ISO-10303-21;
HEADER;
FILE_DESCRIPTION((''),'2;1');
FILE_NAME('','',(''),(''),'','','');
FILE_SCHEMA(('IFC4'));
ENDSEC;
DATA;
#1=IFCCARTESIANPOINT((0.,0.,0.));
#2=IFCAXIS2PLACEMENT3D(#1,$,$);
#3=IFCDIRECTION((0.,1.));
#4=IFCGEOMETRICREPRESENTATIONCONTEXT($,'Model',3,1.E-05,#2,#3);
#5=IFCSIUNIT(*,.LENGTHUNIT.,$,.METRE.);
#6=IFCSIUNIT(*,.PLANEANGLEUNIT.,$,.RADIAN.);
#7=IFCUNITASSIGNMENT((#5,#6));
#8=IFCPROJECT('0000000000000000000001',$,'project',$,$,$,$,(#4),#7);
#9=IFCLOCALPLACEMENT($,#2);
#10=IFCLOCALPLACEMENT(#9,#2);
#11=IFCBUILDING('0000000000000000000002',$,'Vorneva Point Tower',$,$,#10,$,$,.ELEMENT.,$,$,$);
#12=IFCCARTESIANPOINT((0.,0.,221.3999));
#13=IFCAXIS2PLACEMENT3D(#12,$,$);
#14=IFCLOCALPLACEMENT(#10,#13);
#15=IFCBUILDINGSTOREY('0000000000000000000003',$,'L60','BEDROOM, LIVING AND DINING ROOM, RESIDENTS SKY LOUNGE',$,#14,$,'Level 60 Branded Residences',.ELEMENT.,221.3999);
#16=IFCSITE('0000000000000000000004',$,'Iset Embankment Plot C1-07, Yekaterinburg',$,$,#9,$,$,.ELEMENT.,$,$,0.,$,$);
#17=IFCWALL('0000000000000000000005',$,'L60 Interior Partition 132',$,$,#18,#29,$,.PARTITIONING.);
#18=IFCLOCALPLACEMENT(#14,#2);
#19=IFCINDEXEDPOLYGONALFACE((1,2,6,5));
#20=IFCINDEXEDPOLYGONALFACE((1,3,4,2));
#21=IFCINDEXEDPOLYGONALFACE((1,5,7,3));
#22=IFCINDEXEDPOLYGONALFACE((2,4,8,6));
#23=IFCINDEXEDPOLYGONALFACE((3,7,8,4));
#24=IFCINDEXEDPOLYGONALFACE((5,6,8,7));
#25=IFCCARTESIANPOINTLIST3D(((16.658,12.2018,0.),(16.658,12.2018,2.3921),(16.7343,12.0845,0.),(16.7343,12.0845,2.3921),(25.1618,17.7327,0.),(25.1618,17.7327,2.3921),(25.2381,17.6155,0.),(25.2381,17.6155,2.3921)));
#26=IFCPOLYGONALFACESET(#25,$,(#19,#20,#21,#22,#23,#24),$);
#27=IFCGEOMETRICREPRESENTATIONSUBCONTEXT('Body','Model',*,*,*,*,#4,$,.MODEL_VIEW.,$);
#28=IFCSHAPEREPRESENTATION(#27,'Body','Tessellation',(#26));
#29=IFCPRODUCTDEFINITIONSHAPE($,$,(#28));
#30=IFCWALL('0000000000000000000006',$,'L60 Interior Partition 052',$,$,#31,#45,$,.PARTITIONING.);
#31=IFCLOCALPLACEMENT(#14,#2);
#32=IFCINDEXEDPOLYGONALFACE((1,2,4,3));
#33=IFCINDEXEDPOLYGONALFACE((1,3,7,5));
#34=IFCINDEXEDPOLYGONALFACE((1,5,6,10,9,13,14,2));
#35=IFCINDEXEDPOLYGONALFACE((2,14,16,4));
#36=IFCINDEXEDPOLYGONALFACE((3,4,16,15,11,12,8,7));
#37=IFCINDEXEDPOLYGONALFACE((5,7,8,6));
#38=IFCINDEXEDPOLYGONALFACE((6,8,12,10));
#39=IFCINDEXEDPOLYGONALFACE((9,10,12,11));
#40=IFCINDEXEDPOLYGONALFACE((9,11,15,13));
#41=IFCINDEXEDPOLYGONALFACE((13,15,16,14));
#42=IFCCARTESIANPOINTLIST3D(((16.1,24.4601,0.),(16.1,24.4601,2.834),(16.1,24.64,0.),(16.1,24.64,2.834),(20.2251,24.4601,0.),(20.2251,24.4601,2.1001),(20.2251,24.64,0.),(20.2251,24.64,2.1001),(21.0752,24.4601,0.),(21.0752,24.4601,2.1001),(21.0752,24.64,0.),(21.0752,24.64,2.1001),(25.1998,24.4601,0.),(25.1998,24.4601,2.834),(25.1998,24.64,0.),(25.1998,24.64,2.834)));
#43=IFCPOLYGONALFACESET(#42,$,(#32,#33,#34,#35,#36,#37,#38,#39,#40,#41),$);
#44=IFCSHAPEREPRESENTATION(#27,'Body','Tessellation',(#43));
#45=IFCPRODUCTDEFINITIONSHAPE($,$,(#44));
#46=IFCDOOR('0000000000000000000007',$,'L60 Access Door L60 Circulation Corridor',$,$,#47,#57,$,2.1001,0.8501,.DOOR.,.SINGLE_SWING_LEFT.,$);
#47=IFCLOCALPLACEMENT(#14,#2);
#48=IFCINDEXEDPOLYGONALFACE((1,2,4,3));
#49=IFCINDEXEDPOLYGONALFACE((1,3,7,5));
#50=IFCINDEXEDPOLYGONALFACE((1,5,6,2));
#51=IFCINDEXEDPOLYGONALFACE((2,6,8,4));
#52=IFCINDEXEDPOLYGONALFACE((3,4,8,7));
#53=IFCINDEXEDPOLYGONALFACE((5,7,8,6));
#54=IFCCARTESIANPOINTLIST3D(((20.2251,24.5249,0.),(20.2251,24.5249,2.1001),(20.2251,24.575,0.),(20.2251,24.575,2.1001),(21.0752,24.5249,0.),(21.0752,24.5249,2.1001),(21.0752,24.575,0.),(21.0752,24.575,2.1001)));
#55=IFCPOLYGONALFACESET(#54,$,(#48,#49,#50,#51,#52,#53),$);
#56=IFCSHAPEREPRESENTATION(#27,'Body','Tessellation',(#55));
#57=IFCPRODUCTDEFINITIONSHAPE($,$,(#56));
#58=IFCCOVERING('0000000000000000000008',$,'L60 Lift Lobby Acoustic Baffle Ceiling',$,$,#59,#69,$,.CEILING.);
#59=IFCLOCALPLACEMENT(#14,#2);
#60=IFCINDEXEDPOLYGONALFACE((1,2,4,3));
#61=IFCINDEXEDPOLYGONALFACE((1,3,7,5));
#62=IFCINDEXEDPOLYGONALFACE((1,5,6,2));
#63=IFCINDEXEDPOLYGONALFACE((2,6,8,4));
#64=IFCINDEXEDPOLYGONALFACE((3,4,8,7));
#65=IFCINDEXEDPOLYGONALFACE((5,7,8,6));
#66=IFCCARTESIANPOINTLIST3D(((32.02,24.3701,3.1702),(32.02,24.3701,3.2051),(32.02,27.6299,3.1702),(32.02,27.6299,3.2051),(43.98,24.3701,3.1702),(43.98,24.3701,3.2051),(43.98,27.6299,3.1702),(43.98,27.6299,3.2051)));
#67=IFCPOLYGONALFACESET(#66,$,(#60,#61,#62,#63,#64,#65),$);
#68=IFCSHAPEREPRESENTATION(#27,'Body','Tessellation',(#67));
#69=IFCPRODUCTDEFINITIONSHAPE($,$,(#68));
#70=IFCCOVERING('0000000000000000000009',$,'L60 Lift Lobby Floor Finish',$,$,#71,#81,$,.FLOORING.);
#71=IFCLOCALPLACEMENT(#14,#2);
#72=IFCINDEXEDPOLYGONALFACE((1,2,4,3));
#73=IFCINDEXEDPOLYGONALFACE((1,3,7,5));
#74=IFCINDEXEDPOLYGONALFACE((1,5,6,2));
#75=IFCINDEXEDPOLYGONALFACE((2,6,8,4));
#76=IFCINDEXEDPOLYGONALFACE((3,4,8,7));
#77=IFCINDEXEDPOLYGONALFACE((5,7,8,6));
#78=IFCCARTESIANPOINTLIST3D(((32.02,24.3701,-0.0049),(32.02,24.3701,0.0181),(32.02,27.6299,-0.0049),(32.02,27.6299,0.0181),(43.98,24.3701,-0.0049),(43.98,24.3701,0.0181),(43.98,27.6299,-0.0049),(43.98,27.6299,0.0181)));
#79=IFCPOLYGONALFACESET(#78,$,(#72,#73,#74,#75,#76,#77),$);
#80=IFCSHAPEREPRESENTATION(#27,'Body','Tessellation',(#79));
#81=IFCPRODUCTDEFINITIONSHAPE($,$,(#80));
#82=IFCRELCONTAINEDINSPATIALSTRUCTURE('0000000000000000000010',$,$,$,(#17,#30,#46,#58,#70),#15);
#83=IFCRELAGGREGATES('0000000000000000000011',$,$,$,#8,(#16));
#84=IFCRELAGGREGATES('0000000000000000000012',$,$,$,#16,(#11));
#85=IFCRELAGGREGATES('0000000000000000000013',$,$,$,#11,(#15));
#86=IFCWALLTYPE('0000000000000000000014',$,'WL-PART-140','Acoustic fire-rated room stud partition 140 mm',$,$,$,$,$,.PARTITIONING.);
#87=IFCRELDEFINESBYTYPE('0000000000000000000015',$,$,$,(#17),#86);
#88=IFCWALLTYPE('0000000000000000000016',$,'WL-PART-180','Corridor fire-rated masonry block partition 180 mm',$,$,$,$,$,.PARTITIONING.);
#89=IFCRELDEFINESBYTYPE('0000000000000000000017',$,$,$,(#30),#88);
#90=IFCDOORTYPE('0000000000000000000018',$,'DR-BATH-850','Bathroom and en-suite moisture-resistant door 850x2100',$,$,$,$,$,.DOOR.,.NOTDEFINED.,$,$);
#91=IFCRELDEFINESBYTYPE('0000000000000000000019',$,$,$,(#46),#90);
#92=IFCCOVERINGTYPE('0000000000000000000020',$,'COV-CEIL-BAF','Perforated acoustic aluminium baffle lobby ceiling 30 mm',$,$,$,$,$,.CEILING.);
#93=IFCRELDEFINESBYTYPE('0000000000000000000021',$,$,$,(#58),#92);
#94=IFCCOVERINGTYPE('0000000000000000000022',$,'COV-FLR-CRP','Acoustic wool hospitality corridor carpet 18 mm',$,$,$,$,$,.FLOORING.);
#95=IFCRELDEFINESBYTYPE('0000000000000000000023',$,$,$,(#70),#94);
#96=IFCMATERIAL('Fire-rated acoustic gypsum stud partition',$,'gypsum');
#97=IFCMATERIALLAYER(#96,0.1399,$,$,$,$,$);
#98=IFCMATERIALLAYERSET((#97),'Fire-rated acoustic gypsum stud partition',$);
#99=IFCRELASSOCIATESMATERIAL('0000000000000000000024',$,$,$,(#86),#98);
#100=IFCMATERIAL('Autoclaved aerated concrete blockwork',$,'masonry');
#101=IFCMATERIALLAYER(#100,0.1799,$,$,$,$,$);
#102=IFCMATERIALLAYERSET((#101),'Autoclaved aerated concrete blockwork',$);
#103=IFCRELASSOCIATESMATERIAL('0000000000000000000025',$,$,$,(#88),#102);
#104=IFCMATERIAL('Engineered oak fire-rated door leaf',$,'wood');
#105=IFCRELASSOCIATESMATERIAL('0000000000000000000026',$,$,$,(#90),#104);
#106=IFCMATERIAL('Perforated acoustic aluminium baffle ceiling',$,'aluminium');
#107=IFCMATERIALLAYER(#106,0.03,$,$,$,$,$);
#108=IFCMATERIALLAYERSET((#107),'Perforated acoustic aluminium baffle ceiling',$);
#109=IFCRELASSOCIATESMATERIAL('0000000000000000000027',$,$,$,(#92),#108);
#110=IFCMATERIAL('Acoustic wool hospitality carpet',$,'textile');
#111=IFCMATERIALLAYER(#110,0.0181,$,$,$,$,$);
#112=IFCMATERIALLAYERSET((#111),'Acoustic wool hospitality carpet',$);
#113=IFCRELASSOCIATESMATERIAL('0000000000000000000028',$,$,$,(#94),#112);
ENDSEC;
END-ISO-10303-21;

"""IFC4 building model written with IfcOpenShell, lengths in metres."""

from ifc_helpers import new_model, si_unit, direction, frame, frame_2d, origin, place, context, subcontext, project, spatial, polyline, rectangle, outline, extrude, material, layer, layer_set, type_object, element, fill, save


model = new_model("IFC4")

# Units and contexts
model_context = context("Model", 3, precision=1e-05, world=origin(), true_north=direction((0.0, 1.0)))
body_context = subcontext(model_context, "Body", "Model", "MODEL_VIEW")
ifc_project = project(units=[si_unit("LENGTHUNIT", "METRE"), si_unit("PLANEANGLEUNIT", "RADIAN")], contexts=[model_context])

# Site, building, storey
site_placement = place(None, origin())
site = spatial("IfcSite", under=ifc_project, at=site_placement, Name="Iset Embankment Plot C1-07, Yekaterinburg", CompositionType="ELEMENT", RefElevation=0.0)
building_placement = place(site_placement, origin())
building = spatial("IfcBuilding", under=site, at=building_placement, Name="Vorneva Point Tower", CompositionType="ELEMENT")
storey_placement = place(building_placement, frame((0.0, 0.0, 221.3999)))
storey = spatial("IfcBuildingStorey", under=building, at=storey_placement, Name="L60", Description="BEDROOM, LIVING AND DINING ROOM, RESIDENTS SKY LOUNGE", LongName="Level 60 Branded Residences", CompositionType="ELEMENT", Elevation=221.3999)

# Wall
ifc_material_1 = material(Name="Fire-rated acoustic gypsum stud partition", Category="gypsum")
ifc_layer_1 = layer(ifc_material_1, 0.1399)
ifc_layer_set_1 = layer_set([ifc_layer_1], Name="Fire-rated acoustic gypsum stud partition")
wall_type_1 = type_object("IfcWallType", Name="WL-PART-140", Description="Acoustic fire-rated room stud partition 140 mm", PredefinedType="PARTITIONING", material=ifc_layer_set_1)
wall_1_placement = place(storey_placement, frame((16.696, 12.1431, 0.0), z_axis=(0.0, 0.0, 1.0), x_axis=(0.838287, 0.545229, 0.0)))
element("IfcWall", 1, at=wall_1_placement, inside=storey, type_object=wall_type_1, Name="L60 Interior Partition 132", PredefinedType="PARTITIONING", context=body_context, shape_type="SweptSolid", body=[
    extrude(rectangle(XDim=10.1443, YDim=0.1399, at=frame_2d((5.0723, 0.0))), origin(), (0.0, 0.0, 1.0), 2.3921),
])

# Wall, opening, door
ifc_material_2 = material(Name="Autoclaved aerated concrete blockwork", Category="masonry")
ifc_layer_2 = layer(ifc_material_2, 0.1799)
ifc_layer_set_2 = layer_set([ifc_layer_2], Name="Autoclaved aerated concrete blockwork")
wall_type_2 = type_object("IfcWallType", Name="WL-PART-180", Description="Corridor fire-rated masonry block partition 180 mm", PredefinedType="PARTITIONING", material=ifc_layer_set_2)
wall_2_placement = place(storey_placement, frame((16.1001, 24.55, 0.0), z_axis=(0.0, 0.0, 1.0), x_axis=(1.0, 0.0, 0.0)))
wall_2 = element("IfcWall", 2, at=wall_2_placement, inside=storey, type_object=wall_type_2, Name="L60 Interior Partition 052", PredefinedType="PARTITIONING", context=body_context, shape_type="SweptSolid", body=[
    extrude(rectangle(XDim=9.0999, YDim=0.1799, at=frame_2d((4.5498, 0.0))), origin(), (0.0, 0.0, 1.0), 2.834),
])
opening_placement = place(wall_2_placement, frame((4.125, 0.0, 0.0)))
opening = element("IfcOpeningElement", 3, at=opening_placement, cuts=wall_2, PredefinedType="OPENING", context=body_context, shape_type="SweptSolid", body=[
    extrude(rectangle(XDim=0.8501, YDim=2.1001, at=frame_2d((0.425, 1.05))), frame((0.0, 0.105, 0.0), z_axis=(0.0, -1.0, 0.0), x_axis=(1.0, 0.0, 0.0)), (0.0, 0.0, 1.0), 0.2097),
])
ifc_material_3 = material(Name="Engineered oak fire-rated door leaf", Category="wood")
door_type = type_object("IfcDoorType", Name="DR-BATH-850", Description="Bathroom and en-suite moisture-resistant door 850x2100", OperationType="NOTDEFINED", PredefinedType="DOOR", material=ifc_material_3)
door_placement = place(opening_placement, origin())
door = element("IfcDoor", 4, at=door_placement, inside=storey, type_object=door_type, Name="L60 Access Door L60 Circulation Corridor", OperationType="SINGLE_SWING_LEFT", OverallHeight=2.1001, OverallWidth=0.8501, PredefinedType="DOOR", context=body_context, shape_type="SweptSolid", body=[
    extrude(rectangle(XDim=0.8501, YDim=2.1001, at=frame_2d((0.425, 1.05))), frame((0.0, 0.0249, 0.0), z_axis=(0.0, -1.0, 0.0), x_axis=(1.0, 0.0, 0.0)), (0.0, 0.0, 1.0), 0.05),
])
fill(opening, door)

# Coverings
ifc_material_4 = material(Name="Perforated acoustic aluminium baffle ceiling", Category="aluminium")
ifc_layer_3 = layer(ifc_material_4, 0.03)
ifc_layer_set_3 = layer_set([ifc_layer_3], Name="Perforated acoustic aluminium baffle ceiling")
covering_type_1 = type_object("IfcCoveringType", Name="COV-CEIL-BAF", Description="Perforated acoustic aluminium baffle lobby ceiling 30 mm", PredefinedType="CEILING", material=ifc_layer_set_3)
covering_1_placement = place(storey_placement, frame((0.0, 0.0, 3.1702)))
element("IfcCovering", 5, at=covering_1_placement, inside=storey, type_object=covering_type_1, Name="L60 Lift Lobby Acoustic Baffle Ceiling", PredefinedType="CEILING", context=body_context, shape_type="SweptSolid", body=[
    extrude(outline(polyline([(32.02, 24.3701), (43.98, 24.3701), (43.98, 27.6299), (32.02, 27.6299), (32.02, 24.3701)])), origin(), (0.0, 0.0, 1.0), 0.0349),
])
ifc_material_5 = material(Name="Acoustic wool hospitality carpet", Category="textile")
ifc_layer_4 = layer(ifc_material_5, 0.0181)
ifc_layer_set_4 = layer_set([ifc_layer_4], Name="Acoustic wool hospitality carpet")
covering_type_2 = type_object("IfcCoveringType", Name="COV-FLR-CRP", Description="Acoustic wool hospitality corridor carpet 18 mm", PredefinedType="FLOORING", material=ifc_layer_set_4)
covering_2_placement = place(storey_placement, frame((0.0, 0.0, -0.0049)))
element("IfcCovering", 6, at=covering_2_placement, inside=storey, type_object=covering_type_2, Name="L60 Lift Lobby Floor Finish", PredefinedType="FLOORING", context=body_context, shape_type="SweptSolid", body=[
    extrude(outline(polyline([(32.02, 24.3701), (43.98, 24.3701), (43.98, 27.6299), (32.02, 27.6299), (32.02, 24.3701)])), origin(), (0.0, 0.0, 1.0), 0.0229),
])

save(model, "model.ifc")
